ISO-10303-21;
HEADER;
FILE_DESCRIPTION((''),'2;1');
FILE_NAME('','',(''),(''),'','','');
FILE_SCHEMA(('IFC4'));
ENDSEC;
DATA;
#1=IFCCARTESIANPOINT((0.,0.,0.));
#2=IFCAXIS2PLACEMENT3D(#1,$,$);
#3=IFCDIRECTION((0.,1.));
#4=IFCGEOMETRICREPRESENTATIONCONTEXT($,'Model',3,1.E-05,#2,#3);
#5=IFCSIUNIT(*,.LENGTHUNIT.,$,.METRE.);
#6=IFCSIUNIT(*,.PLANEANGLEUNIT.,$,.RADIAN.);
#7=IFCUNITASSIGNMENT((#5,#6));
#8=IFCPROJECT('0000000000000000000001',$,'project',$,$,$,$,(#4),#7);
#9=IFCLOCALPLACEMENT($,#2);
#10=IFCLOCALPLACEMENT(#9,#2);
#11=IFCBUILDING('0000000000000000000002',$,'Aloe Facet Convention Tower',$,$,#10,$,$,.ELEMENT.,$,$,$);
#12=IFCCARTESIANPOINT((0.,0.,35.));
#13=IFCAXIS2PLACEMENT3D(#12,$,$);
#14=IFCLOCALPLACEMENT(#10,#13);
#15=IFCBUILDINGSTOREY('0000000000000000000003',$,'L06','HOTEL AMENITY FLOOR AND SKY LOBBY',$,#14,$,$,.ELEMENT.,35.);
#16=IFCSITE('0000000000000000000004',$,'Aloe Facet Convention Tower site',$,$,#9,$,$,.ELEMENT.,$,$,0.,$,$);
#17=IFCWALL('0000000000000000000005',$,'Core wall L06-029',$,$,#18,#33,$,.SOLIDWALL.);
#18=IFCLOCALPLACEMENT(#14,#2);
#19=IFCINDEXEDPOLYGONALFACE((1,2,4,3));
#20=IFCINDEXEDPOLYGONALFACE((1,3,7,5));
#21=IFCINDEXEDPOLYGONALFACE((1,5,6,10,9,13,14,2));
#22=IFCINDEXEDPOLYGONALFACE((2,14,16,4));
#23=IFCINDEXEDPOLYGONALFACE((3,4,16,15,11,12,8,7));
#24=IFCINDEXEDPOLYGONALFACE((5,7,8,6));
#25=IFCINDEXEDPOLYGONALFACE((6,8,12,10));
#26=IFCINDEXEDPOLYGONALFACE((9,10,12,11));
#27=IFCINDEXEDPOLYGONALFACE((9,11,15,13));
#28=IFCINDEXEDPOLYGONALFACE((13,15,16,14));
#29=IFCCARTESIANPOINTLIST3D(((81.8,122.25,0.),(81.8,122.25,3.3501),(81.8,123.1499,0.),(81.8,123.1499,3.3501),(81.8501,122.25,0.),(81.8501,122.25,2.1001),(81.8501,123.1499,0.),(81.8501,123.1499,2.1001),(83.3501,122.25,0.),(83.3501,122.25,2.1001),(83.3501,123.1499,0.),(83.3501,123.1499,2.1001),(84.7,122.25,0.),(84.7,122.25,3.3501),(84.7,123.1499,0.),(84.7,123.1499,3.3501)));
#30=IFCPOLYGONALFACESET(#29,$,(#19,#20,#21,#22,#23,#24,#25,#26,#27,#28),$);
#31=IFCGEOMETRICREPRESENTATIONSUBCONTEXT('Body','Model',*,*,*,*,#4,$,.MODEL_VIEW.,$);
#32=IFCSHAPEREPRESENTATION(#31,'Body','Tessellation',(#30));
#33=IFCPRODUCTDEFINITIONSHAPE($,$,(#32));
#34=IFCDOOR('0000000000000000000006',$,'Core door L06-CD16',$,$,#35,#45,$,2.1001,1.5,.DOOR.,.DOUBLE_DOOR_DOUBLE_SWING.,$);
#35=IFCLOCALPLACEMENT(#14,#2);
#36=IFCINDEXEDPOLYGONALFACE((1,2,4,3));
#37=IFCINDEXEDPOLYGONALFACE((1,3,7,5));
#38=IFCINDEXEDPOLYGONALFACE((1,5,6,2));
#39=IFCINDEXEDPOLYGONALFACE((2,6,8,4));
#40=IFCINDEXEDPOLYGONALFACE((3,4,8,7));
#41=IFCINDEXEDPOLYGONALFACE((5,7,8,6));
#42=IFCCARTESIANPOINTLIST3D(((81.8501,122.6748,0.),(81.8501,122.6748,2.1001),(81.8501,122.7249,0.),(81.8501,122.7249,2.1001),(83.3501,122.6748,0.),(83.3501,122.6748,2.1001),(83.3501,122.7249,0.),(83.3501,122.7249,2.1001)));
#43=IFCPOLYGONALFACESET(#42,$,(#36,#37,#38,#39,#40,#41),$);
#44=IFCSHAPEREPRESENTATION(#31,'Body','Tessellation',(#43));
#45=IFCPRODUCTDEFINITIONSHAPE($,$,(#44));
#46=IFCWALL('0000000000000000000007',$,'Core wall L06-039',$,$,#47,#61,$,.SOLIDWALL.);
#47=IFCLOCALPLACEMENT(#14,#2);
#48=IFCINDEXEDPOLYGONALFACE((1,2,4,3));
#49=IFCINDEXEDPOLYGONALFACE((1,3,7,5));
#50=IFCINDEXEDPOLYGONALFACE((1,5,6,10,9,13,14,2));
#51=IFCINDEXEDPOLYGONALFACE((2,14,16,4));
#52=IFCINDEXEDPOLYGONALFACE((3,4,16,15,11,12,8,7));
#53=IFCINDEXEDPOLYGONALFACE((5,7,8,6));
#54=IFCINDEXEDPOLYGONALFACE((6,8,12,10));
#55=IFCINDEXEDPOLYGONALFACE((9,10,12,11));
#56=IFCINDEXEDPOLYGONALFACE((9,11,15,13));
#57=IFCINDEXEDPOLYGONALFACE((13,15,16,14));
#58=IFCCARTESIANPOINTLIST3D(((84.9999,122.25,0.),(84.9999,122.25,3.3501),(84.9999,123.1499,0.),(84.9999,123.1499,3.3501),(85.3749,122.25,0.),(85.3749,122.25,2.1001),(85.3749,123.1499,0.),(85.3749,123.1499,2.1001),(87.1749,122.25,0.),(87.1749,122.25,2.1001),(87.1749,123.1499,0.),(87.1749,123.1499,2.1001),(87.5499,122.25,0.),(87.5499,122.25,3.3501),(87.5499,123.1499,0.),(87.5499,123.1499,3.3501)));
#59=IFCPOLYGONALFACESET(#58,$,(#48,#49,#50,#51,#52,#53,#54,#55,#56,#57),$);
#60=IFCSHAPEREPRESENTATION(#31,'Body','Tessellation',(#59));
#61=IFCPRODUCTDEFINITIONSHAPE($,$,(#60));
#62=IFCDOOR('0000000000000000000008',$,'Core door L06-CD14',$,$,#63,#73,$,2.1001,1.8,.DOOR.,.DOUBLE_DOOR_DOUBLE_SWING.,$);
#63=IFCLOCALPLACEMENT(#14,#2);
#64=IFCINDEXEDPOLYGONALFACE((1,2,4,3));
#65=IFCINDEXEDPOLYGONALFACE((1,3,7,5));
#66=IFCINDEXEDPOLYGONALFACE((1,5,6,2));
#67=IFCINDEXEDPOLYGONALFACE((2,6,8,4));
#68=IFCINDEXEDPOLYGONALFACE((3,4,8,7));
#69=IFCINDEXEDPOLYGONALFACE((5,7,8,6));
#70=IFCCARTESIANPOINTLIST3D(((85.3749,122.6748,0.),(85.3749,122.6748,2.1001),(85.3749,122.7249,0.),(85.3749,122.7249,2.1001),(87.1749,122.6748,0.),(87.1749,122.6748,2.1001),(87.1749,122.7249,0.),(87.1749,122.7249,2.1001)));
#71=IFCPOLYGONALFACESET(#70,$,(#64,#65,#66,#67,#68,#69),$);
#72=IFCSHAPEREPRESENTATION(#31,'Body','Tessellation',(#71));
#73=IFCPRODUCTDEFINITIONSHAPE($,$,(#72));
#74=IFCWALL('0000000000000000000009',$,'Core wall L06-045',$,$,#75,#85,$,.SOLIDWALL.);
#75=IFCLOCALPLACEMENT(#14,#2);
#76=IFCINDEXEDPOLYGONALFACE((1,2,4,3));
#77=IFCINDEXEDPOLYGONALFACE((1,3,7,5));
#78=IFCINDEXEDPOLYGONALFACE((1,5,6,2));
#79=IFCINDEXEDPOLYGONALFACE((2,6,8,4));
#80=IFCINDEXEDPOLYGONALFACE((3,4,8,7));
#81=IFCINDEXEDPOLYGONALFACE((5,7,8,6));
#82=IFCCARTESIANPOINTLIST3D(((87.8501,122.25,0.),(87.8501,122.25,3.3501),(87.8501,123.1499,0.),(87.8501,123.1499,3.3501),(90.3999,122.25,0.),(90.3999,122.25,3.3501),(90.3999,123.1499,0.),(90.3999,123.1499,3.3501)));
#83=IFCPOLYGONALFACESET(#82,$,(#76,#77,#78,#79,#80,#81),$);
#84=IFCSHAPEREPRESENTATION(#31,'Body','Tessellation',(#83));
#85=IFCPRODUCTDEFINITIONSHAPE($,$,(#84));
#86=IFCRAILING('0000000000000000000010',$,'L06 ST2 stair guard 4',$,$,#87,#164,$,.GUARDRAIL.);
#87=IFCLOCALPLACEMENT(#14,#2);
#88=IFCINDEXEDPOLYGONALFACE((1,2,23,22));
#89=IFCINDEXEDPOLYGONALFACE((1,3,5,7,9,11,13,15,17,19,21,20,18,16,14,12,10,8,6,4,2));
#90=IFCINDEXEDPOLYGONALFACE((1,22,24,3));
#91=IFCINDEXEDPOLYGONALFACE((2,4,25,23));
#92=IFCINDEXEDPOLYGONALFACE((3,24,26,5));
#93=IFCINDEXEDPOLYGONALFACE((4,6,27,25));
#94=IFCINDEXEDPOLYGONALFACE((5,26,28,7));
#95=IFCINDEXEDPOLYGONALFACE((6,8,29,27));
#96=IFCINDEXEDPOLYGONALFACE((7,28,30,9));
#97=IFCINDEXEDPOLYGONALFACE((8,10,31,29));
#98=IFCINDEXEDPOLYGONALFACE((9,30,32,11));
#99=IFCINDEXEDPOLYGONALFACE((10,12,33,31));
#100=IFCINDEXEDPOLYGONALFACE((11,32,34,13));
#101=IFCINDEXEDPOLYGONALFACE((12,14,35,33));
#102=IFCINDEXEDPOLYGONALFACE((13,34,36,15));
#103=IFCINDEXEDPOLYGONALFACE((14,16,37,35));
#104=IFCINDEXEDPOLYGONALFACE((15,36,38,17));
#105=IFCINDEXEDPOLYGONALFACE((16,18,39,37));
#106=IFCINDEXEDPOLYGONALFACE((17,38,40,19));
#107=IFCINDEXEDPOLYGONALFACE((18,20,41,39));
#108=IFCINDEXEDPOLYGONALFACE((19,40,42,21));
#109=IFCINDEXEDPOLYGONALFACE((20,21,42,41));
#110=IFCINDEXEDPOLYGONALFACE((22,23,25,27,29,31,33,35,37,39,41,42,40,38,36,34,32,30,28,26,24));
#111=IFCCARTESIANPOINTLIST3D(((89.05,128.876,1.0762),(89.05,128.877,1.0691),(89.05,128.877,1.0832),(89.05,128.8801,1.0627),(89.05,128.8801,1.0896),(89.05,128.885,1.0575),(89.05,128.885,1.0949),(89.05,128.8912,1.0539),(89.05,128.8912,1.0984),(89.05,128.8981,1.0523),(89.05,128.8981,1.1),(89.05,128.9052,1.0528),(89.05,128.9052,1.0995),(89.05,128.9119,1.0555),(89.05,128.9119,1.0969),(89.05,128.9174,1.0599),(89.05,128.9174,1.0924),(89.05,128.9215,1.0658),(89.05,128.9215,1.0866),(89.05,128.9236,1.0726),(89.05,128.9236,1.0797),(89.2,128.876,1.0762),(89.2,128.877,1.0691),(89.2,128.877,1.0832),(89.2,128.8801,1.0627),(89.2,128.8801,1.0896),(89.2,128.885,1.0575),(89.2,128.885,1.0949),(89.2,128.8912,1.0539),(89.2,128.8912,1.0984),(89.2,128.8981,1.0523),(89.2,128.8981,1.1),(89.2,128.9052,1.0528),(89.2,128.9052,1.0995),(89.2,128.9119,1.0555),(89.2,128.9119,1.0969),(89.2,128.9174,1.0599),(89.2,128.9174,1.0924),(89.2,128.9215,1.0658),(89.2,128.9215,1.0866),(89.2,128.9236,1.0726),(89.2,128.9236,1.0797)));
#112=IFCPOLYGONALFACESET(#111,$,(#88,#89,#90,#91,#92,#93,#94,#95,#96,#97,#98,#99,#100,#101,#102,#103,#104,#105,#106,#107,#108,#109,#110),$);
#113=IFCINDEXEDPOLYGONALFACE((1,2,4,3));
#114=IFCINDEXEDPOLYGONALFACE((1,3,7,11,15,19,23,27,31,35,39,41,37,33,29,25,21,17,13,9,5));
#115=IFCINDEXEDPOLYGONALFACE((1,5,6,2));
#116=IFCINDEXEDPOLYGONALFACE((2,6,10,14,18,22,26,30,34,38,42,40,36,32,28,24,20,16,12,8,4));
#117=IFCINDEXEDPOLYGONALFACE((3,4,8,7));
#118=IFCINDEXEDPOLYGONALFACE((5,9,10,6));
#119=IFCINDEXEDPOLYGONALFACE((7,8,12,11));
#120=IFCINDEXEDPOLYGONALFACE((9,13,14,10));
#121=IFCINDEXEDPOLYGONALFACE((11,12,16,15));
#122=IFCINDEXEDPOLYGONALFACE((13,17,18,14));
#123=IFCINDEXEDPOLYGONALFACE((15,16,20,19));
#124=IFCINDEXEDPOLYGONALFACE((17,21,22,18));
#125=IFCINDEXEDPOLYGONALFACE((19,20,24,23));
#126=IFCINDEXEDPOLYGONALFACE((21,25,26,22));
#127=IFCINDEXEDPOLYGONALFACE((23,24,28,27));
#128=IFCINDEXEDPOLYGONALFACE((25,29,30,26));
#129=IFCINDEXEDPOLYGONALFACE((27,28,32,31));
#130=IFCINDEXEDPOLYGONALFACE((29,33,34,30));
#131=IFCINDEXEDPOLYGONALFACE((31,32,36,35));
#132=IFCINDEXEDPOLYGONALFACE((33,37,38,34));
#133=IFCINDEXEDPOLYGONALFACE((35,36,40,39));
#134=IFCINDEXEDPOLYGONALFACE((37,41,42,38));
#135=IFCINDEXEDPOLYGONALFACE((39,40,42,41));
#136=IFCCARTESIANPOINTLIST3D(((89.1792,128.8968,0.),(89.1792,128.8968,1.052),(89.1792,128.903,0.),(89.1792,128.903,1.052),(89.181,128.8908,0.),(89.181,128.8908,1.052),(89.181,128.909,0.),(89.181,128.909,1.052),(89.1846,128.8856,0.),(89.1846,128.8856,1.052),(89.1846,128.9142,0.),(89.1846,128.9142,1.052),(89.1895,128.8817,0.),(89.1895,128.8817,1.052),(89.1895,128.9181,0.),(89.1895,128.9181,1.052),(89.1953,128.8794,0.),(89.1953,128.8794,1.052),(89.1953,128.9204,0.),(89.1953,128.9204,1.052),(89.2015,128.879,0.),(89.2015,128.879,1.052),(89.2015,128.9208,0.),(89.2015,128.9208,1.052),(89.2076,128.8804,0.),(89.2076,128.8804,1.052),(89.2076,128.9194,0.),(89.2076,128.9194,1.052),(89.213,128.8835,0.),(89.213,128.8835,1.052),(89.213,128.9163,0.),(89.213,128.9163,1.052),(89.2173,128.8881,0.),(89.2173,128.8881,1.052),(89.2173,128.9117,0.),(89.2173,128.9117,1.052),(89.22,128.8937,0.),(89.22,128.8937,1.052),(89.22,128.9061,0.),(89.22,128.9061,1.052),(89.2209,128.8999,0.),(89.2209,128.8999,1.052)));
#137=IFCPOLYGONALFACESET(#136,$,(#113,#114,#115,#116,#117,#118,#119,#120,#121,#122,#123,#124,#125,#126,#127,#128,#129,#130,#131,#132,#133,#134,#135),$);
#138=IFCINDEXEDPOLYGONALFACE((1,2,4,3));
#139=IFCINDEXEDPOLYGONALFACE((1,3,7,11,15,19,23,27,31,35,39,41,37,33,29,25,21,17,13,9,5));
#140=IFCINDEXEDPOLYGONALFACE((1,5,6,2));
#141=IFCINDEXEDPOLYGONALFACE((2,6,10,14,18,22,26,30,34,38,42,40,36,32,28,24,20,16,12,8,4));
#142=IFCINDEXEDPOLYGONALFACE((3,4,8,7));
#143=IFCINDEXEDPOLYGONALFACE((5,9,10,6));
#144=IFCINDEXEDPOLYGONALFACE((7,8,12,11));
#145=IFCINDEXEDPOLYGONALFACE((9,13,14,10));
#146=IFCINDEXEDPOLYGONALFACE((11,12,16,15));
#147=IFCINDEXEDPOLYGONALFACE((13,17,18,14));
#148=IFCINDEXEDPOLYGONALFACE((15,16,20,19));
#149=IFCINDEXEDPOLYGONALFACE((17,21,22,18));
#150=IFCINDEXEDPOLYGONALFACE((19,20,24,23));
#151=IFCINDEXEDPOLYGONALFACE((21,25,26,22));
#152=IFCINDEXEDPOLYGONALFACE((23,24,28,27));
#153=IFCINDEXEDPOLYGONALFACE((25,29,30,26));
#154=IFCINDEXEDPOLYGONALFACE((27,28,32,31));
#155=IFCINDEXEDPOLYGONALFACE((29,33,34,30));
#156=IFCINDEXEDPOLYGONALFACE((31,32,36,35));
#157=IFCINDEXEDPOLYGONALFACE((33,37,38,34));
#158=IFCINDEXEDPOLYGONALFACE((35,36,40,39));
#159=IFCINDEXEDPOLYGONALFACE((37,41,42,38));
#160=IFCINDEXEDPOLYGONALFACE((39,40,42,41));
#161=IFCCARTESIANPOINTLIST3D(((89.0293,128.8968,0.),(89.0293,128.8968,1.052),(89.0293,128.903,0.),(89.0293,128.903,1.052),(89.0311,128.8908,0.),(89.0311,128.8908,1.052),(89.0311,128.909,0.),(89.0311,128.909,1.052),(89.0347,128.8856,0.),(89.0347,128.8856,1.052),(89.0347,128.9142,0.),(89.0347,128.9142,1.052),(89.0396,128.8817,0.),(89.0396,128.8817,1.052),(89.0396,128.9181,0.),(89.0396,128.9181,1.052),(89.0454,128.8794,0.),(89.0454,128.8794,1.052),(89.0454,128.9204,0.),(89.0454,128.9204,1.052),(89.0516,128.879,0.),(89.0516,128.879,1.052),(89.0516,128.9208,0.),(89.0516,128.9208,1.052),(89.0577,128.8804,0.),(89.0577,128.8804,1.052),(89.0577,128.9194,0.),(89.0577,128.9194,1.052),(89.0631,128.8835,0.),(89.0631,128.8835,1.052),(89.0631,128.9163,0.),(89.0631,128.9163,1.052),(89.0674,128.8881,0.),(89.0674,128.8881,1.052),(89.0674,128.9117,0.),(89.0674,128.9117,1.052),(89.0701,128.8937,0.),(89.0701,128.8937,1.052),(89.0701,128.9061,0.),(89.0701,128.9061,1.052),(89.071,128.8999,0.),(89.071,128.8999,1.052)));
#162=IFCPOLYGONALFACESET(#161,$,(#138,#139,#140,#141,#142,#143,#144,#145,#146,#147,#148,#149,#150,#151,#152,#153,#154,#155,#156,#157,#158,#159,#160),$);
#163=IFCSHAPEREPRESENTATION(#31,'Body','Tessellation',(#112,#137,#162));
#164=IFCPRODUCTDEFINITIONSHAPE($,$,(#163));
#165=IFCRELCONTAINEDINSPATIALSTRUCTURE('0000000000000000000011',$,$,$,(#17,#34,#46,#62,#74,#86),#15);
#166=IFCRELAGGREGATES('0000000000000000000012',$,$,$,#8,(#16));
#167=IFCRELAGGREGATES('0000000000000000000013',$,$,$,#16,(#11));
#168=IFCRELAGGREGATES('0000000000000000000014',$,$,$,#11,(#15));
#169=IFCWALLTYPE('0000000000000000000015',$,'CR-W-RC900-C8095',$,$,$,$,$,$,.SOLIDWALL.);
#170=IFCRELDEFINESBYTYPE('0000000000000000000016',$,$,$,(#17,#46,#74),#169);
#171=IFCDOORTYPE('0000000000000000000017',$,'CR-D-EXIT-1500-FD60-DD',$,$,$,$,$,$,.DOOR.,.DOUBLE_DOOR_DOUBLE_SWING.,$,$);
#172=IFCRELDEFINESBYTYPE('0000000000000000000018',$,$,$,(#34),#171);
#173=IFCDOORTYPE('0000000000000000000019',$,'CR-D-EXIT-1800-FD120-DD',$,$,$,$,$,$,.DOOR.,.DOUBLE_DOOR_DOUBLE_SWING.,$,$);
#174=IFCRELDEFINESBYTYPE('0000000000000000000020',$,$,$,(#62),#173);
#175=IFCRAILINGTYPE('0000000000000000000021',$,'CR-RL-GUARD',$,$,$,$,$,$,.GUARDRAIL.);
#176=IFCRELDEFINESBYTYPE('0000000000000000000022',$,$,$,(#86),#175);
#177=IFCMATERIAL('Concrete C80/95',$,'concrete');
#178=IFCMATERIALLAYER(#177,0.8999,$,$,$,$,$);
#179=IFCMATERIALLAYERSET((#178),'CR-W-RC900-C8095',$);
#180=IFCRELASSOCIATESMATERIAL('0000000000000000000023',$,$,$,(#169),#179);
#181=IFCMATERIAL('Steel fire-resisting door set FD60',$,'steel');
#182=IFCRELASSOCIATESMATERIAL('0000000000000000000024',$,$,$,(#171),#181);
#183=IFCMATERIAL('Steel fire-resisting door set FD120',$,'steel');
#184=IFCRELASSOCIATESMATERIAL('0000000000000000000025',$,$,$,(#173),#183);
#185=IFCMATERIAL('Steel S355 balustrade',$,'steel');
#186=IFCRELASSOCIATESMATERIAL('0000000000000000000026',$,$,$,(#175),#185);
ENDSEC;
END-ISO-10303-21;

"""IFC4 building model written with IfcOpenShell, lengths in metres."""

from ifc_helpers import new_model, si_unit, direction, frame, frame_2d, origin, origin_2d, place, context, subcontext, project, spatial, rectangle, circle, extrude, material, layer, layer_set, type_object, element, fill, save


model = new_model("IFC4")

# Units and contexts
model_context = context("Model", 3, precision=1e-05, world=origin(), true_north=direction((0.0, 1.0)))
body_context = subcontext(model_context, "Body", "Model", "MODEL_VIEW")
ifc_project = project(units=[si_unit("LENGTHUNIT", "METRE"), si_unit("PLANEANGLEUNIT", "RADIAN")], contexts=[model_context])

# Site, building, storey
site_placement = place(None, origin())
site = spatial("IfcSite", under=ifc_project, at=site_placement, Name="Aloe Facet Convention Tower site", CompositionType="ELEMENT", RefElevation=0.0)
building_placement = place(site_placement, origin())
building = spatial("IfcBuilding", under=site, at=building_placement, Name="Aloe Facet Convention Tower", CompositionType="ELEMENT")
storey_placement = place(building_placement, frame((0.0, 0.0, 35.0)))
storey = spatial("IfcBuildingStorey", under=building, at=storey_placement, Name="L06", Description="HOTEL AMENITY FLOOR AND SKY LOBBY", CompositionType="ELEMENT", Elevation=35.0)

# Walls, openings, doors
ifc_material_1 = material(Name="Concrete C80/95", Category="concrete")
ifc_layer_1 = layer(ifc_material_1, 0.8999)
ifc_layer_set_1 = layer_set([ifc_layer_1], Name="CR-W-RC900-C8095")
wall_type_1 = type_object("IfcWallType", Name="CR-W-RC900-C8095", PredefinedType="SOLIDWALL", material=ifc_layer_set_1)
wall_1_placement = place(storey_placement, frame((81.8, 122.7, 0.0), z_axis=(0.0, 0.0, 1.0), x_axis=(1.0, 0.0, 0.0)))
wall_1 = element("IfcWall", 1, at=wall_1_placement, inside=storey, type_object=wall_type_1, Name="Core wall L06-029", PredefinedType="SOLIDWALL", context=body_context, shape_type="SweptSolid", body=[
    extrude(rectangle(XDim=2.8999, YDim=0.8999, at=frame_2d((1.45, 0.0))), origin(), (0.0, 0.0, 1.0), 3.3501),
])
opening_1_placement = place(wall_1_placement, frame((0.05, 0.0, 0.0)))
opening_1 = element("IfcOpeningElement", 2, at=opening_1_placement, cuts=wall_1, PredefinedType="OPENING", context=body_context, shape_type="SweptSolid", body=[
    extrude(rectangle(XDim=1.5, YDim=2.1001, at=frame_2d((0.75, 1.05))), frame((0.0, 0.46, 0.0), z_axis=(0.0, -1.0, 0.0), x_axis=(1.0, 0.0, 0.0)), (0.0, 0.0, 1.0), 0.9199),
])
ifc_material_2 = material(Name="Steel fire-resisting door set FD60", Category="steel")
door_type_1 = type_object("IfcDoorType", Name="CR-D-EXIT-1500-FD60-DD", OperationType="DOUBLE_DOOR_DOUBLE_SWING", PredefinedType="DOOR", material=ifc_material_2)
door_1_placement = place(opening_1_placement, origin())
door_1 = element("IfcDoor", 3, at=door_1_placement, inside=storey, type_object=door_type_1, Name="Core door L06-CD16", OperationType="DOUBLE_DOOR_DOUBLE_SWING", OverallHeight=2.1001, OverallWidth=1.5, PredefinedType="DOOR", context=body_context, shape_type="SweptSolid", body=[
    extrude(rectangle(XDim=1.5, YDim=2.1001, at=frame_2d((0.75, 1.05))), frame((0.0, 0.0249, 0.0), z_axis=(0.0, -1.0, 0.0), x_axis=(1.0, 0.0, 0.0)), (0.0, 0.0, 1.0), 0.05),
])
fill(opening_1, door_1)
wall_2_placement = place(storey_placement, frame((85.0, 122.7, 0.0), z_axis=(0.0, 0.0, 1.0), x_axis=(1.0, 0.0, 0.0)))
wall_2 = element("IfcWall", 4, at=wall_2_placement, inside=storey, type_object=wall_type_1, Name="Core wall L06-039", PredefinedType="SOLIDWALL", context=body_context, shape_type="SweptSolid", body=[
    extrude(rectangle(XDim=2.55, YDim=0.8999, at=frame_2d((1.2749, 0.0))), origin(), (0.0, 0.0, 1.0), 3.3501),
])
opening_2_placement = place(wall_2_placement, frame((0.375, 0.0, 0.0)))
opening_2 = element("IfcOpeningElement", 5, at=opening_2_placement, cuts=wall_2, PredefinedType="OPENING", context=body_context, shape_type="SweptSolid", body=[
    extrude(rectangle(XDim=1.8, YDim=2.1001, at=frame_2d((0.8999, 1.05))), frame((0.0, 0.46, 0.0), z_axis=(0.0, -1.0, 0.0), x_axis=(1.0, 0.0, 0.0)), (0.0, 0.0, 1.0), 0.9199),
])
ifc_material_3 = material(Name="Steel fire-resisting door set FD120", Category="steel")
door_type_2 = type_object("IfcDoorType", Name="CR-D-EXIT-1800-FD120-DD", OperationType="DOUBLE_DOOR_DOUBLE_SWING", PredefinedType="DOOR", material=ifc_material_3)
door_2_placement = place(opening_2_placement, origin())
door_2 = element("IfcDoor", 6, at=door_2_placement, inside=storey, type_object=door_type_2, Name="Core door L06-CD14", OperationType="DOUBLE_DOOR_DOUBLE_SWING", OverallHeight=2.1001, OverallWidth=1.8, PredefinedType="DOOR", context=body_context, shape_type="SweptSolid", body=[
    extrude(rectangle(XDim=1.8, YDim=2.1001, at=frame_2d((0.8999, 1.05))), frame((0.0, 0.0249, 0.0), z_axis=(0.0, -1.0, 0.0), x_axis=(1.0, 0.0, 0.0)), (0.0, 0.0, 1.0), 0.05),
])
fill(opening_2, door_2)

# Wall
wall_3_placement = place(storey_placement, frame((87.8501, 122.7, 0.0), z_axis=(0.0, 0.0, 1.0), x_axis=(1.0, 0.0, 0.0)))
element("IfcWall", 7, at=wall_3_placement, inside=storey, type_object=wall_type_1, Name="Core wall L06-045", PredefinedType="SOLIDWALL", context=body_context, shape_type="SweptSolid", body=[
    extrude(rectangle(XDim=2.5498, YDim=0.8999, at=frame_2d((1.2749, 0.0))), origin(), (0.0, 0.0, 1.0), 3.3501),
])

# Railing
ifc_material_4 = material(Name="Steel S355 balustrade", Category="steel")
railing_type = type_object("IfcRailingType", Name="CR-RL-GUARD", PredefinedType="GUARDRAIL", material=ifc_material_4)
railing_placement = place(storey_placement, frame((89.2, 128.8999, 0.0)))
element("IfcRailing", 8, at=railing_placement, inside=storey, type_object=railing_type, Name="L06 ST2 stair guard 4", PredefinedType="GUARDRAIL", context=body_context, shape_type="SweptSolid", body=[
    extrude(circle(Radius=0.0239, at=origin_2d()), frame((0.0, 0.0, 1.0762), z_axis=(-1.0, 0.0, 0.0), x_axis=(0.0, -1.0, 0.0)), (0.0, 0.0, 1.0), 0.1499),
    extrude(circle(Radius=0.021, at=origin_2d()), origin(), (0.0, 0.0, 1.0), 1.052),
    extrude(circle(Radius=0.021, at=origin_2d()), frame((-0.1499, 0.0, 0.0)), (0.0, 0.0, 1.0), 1.052),
])

save(model, "model.ifc")
